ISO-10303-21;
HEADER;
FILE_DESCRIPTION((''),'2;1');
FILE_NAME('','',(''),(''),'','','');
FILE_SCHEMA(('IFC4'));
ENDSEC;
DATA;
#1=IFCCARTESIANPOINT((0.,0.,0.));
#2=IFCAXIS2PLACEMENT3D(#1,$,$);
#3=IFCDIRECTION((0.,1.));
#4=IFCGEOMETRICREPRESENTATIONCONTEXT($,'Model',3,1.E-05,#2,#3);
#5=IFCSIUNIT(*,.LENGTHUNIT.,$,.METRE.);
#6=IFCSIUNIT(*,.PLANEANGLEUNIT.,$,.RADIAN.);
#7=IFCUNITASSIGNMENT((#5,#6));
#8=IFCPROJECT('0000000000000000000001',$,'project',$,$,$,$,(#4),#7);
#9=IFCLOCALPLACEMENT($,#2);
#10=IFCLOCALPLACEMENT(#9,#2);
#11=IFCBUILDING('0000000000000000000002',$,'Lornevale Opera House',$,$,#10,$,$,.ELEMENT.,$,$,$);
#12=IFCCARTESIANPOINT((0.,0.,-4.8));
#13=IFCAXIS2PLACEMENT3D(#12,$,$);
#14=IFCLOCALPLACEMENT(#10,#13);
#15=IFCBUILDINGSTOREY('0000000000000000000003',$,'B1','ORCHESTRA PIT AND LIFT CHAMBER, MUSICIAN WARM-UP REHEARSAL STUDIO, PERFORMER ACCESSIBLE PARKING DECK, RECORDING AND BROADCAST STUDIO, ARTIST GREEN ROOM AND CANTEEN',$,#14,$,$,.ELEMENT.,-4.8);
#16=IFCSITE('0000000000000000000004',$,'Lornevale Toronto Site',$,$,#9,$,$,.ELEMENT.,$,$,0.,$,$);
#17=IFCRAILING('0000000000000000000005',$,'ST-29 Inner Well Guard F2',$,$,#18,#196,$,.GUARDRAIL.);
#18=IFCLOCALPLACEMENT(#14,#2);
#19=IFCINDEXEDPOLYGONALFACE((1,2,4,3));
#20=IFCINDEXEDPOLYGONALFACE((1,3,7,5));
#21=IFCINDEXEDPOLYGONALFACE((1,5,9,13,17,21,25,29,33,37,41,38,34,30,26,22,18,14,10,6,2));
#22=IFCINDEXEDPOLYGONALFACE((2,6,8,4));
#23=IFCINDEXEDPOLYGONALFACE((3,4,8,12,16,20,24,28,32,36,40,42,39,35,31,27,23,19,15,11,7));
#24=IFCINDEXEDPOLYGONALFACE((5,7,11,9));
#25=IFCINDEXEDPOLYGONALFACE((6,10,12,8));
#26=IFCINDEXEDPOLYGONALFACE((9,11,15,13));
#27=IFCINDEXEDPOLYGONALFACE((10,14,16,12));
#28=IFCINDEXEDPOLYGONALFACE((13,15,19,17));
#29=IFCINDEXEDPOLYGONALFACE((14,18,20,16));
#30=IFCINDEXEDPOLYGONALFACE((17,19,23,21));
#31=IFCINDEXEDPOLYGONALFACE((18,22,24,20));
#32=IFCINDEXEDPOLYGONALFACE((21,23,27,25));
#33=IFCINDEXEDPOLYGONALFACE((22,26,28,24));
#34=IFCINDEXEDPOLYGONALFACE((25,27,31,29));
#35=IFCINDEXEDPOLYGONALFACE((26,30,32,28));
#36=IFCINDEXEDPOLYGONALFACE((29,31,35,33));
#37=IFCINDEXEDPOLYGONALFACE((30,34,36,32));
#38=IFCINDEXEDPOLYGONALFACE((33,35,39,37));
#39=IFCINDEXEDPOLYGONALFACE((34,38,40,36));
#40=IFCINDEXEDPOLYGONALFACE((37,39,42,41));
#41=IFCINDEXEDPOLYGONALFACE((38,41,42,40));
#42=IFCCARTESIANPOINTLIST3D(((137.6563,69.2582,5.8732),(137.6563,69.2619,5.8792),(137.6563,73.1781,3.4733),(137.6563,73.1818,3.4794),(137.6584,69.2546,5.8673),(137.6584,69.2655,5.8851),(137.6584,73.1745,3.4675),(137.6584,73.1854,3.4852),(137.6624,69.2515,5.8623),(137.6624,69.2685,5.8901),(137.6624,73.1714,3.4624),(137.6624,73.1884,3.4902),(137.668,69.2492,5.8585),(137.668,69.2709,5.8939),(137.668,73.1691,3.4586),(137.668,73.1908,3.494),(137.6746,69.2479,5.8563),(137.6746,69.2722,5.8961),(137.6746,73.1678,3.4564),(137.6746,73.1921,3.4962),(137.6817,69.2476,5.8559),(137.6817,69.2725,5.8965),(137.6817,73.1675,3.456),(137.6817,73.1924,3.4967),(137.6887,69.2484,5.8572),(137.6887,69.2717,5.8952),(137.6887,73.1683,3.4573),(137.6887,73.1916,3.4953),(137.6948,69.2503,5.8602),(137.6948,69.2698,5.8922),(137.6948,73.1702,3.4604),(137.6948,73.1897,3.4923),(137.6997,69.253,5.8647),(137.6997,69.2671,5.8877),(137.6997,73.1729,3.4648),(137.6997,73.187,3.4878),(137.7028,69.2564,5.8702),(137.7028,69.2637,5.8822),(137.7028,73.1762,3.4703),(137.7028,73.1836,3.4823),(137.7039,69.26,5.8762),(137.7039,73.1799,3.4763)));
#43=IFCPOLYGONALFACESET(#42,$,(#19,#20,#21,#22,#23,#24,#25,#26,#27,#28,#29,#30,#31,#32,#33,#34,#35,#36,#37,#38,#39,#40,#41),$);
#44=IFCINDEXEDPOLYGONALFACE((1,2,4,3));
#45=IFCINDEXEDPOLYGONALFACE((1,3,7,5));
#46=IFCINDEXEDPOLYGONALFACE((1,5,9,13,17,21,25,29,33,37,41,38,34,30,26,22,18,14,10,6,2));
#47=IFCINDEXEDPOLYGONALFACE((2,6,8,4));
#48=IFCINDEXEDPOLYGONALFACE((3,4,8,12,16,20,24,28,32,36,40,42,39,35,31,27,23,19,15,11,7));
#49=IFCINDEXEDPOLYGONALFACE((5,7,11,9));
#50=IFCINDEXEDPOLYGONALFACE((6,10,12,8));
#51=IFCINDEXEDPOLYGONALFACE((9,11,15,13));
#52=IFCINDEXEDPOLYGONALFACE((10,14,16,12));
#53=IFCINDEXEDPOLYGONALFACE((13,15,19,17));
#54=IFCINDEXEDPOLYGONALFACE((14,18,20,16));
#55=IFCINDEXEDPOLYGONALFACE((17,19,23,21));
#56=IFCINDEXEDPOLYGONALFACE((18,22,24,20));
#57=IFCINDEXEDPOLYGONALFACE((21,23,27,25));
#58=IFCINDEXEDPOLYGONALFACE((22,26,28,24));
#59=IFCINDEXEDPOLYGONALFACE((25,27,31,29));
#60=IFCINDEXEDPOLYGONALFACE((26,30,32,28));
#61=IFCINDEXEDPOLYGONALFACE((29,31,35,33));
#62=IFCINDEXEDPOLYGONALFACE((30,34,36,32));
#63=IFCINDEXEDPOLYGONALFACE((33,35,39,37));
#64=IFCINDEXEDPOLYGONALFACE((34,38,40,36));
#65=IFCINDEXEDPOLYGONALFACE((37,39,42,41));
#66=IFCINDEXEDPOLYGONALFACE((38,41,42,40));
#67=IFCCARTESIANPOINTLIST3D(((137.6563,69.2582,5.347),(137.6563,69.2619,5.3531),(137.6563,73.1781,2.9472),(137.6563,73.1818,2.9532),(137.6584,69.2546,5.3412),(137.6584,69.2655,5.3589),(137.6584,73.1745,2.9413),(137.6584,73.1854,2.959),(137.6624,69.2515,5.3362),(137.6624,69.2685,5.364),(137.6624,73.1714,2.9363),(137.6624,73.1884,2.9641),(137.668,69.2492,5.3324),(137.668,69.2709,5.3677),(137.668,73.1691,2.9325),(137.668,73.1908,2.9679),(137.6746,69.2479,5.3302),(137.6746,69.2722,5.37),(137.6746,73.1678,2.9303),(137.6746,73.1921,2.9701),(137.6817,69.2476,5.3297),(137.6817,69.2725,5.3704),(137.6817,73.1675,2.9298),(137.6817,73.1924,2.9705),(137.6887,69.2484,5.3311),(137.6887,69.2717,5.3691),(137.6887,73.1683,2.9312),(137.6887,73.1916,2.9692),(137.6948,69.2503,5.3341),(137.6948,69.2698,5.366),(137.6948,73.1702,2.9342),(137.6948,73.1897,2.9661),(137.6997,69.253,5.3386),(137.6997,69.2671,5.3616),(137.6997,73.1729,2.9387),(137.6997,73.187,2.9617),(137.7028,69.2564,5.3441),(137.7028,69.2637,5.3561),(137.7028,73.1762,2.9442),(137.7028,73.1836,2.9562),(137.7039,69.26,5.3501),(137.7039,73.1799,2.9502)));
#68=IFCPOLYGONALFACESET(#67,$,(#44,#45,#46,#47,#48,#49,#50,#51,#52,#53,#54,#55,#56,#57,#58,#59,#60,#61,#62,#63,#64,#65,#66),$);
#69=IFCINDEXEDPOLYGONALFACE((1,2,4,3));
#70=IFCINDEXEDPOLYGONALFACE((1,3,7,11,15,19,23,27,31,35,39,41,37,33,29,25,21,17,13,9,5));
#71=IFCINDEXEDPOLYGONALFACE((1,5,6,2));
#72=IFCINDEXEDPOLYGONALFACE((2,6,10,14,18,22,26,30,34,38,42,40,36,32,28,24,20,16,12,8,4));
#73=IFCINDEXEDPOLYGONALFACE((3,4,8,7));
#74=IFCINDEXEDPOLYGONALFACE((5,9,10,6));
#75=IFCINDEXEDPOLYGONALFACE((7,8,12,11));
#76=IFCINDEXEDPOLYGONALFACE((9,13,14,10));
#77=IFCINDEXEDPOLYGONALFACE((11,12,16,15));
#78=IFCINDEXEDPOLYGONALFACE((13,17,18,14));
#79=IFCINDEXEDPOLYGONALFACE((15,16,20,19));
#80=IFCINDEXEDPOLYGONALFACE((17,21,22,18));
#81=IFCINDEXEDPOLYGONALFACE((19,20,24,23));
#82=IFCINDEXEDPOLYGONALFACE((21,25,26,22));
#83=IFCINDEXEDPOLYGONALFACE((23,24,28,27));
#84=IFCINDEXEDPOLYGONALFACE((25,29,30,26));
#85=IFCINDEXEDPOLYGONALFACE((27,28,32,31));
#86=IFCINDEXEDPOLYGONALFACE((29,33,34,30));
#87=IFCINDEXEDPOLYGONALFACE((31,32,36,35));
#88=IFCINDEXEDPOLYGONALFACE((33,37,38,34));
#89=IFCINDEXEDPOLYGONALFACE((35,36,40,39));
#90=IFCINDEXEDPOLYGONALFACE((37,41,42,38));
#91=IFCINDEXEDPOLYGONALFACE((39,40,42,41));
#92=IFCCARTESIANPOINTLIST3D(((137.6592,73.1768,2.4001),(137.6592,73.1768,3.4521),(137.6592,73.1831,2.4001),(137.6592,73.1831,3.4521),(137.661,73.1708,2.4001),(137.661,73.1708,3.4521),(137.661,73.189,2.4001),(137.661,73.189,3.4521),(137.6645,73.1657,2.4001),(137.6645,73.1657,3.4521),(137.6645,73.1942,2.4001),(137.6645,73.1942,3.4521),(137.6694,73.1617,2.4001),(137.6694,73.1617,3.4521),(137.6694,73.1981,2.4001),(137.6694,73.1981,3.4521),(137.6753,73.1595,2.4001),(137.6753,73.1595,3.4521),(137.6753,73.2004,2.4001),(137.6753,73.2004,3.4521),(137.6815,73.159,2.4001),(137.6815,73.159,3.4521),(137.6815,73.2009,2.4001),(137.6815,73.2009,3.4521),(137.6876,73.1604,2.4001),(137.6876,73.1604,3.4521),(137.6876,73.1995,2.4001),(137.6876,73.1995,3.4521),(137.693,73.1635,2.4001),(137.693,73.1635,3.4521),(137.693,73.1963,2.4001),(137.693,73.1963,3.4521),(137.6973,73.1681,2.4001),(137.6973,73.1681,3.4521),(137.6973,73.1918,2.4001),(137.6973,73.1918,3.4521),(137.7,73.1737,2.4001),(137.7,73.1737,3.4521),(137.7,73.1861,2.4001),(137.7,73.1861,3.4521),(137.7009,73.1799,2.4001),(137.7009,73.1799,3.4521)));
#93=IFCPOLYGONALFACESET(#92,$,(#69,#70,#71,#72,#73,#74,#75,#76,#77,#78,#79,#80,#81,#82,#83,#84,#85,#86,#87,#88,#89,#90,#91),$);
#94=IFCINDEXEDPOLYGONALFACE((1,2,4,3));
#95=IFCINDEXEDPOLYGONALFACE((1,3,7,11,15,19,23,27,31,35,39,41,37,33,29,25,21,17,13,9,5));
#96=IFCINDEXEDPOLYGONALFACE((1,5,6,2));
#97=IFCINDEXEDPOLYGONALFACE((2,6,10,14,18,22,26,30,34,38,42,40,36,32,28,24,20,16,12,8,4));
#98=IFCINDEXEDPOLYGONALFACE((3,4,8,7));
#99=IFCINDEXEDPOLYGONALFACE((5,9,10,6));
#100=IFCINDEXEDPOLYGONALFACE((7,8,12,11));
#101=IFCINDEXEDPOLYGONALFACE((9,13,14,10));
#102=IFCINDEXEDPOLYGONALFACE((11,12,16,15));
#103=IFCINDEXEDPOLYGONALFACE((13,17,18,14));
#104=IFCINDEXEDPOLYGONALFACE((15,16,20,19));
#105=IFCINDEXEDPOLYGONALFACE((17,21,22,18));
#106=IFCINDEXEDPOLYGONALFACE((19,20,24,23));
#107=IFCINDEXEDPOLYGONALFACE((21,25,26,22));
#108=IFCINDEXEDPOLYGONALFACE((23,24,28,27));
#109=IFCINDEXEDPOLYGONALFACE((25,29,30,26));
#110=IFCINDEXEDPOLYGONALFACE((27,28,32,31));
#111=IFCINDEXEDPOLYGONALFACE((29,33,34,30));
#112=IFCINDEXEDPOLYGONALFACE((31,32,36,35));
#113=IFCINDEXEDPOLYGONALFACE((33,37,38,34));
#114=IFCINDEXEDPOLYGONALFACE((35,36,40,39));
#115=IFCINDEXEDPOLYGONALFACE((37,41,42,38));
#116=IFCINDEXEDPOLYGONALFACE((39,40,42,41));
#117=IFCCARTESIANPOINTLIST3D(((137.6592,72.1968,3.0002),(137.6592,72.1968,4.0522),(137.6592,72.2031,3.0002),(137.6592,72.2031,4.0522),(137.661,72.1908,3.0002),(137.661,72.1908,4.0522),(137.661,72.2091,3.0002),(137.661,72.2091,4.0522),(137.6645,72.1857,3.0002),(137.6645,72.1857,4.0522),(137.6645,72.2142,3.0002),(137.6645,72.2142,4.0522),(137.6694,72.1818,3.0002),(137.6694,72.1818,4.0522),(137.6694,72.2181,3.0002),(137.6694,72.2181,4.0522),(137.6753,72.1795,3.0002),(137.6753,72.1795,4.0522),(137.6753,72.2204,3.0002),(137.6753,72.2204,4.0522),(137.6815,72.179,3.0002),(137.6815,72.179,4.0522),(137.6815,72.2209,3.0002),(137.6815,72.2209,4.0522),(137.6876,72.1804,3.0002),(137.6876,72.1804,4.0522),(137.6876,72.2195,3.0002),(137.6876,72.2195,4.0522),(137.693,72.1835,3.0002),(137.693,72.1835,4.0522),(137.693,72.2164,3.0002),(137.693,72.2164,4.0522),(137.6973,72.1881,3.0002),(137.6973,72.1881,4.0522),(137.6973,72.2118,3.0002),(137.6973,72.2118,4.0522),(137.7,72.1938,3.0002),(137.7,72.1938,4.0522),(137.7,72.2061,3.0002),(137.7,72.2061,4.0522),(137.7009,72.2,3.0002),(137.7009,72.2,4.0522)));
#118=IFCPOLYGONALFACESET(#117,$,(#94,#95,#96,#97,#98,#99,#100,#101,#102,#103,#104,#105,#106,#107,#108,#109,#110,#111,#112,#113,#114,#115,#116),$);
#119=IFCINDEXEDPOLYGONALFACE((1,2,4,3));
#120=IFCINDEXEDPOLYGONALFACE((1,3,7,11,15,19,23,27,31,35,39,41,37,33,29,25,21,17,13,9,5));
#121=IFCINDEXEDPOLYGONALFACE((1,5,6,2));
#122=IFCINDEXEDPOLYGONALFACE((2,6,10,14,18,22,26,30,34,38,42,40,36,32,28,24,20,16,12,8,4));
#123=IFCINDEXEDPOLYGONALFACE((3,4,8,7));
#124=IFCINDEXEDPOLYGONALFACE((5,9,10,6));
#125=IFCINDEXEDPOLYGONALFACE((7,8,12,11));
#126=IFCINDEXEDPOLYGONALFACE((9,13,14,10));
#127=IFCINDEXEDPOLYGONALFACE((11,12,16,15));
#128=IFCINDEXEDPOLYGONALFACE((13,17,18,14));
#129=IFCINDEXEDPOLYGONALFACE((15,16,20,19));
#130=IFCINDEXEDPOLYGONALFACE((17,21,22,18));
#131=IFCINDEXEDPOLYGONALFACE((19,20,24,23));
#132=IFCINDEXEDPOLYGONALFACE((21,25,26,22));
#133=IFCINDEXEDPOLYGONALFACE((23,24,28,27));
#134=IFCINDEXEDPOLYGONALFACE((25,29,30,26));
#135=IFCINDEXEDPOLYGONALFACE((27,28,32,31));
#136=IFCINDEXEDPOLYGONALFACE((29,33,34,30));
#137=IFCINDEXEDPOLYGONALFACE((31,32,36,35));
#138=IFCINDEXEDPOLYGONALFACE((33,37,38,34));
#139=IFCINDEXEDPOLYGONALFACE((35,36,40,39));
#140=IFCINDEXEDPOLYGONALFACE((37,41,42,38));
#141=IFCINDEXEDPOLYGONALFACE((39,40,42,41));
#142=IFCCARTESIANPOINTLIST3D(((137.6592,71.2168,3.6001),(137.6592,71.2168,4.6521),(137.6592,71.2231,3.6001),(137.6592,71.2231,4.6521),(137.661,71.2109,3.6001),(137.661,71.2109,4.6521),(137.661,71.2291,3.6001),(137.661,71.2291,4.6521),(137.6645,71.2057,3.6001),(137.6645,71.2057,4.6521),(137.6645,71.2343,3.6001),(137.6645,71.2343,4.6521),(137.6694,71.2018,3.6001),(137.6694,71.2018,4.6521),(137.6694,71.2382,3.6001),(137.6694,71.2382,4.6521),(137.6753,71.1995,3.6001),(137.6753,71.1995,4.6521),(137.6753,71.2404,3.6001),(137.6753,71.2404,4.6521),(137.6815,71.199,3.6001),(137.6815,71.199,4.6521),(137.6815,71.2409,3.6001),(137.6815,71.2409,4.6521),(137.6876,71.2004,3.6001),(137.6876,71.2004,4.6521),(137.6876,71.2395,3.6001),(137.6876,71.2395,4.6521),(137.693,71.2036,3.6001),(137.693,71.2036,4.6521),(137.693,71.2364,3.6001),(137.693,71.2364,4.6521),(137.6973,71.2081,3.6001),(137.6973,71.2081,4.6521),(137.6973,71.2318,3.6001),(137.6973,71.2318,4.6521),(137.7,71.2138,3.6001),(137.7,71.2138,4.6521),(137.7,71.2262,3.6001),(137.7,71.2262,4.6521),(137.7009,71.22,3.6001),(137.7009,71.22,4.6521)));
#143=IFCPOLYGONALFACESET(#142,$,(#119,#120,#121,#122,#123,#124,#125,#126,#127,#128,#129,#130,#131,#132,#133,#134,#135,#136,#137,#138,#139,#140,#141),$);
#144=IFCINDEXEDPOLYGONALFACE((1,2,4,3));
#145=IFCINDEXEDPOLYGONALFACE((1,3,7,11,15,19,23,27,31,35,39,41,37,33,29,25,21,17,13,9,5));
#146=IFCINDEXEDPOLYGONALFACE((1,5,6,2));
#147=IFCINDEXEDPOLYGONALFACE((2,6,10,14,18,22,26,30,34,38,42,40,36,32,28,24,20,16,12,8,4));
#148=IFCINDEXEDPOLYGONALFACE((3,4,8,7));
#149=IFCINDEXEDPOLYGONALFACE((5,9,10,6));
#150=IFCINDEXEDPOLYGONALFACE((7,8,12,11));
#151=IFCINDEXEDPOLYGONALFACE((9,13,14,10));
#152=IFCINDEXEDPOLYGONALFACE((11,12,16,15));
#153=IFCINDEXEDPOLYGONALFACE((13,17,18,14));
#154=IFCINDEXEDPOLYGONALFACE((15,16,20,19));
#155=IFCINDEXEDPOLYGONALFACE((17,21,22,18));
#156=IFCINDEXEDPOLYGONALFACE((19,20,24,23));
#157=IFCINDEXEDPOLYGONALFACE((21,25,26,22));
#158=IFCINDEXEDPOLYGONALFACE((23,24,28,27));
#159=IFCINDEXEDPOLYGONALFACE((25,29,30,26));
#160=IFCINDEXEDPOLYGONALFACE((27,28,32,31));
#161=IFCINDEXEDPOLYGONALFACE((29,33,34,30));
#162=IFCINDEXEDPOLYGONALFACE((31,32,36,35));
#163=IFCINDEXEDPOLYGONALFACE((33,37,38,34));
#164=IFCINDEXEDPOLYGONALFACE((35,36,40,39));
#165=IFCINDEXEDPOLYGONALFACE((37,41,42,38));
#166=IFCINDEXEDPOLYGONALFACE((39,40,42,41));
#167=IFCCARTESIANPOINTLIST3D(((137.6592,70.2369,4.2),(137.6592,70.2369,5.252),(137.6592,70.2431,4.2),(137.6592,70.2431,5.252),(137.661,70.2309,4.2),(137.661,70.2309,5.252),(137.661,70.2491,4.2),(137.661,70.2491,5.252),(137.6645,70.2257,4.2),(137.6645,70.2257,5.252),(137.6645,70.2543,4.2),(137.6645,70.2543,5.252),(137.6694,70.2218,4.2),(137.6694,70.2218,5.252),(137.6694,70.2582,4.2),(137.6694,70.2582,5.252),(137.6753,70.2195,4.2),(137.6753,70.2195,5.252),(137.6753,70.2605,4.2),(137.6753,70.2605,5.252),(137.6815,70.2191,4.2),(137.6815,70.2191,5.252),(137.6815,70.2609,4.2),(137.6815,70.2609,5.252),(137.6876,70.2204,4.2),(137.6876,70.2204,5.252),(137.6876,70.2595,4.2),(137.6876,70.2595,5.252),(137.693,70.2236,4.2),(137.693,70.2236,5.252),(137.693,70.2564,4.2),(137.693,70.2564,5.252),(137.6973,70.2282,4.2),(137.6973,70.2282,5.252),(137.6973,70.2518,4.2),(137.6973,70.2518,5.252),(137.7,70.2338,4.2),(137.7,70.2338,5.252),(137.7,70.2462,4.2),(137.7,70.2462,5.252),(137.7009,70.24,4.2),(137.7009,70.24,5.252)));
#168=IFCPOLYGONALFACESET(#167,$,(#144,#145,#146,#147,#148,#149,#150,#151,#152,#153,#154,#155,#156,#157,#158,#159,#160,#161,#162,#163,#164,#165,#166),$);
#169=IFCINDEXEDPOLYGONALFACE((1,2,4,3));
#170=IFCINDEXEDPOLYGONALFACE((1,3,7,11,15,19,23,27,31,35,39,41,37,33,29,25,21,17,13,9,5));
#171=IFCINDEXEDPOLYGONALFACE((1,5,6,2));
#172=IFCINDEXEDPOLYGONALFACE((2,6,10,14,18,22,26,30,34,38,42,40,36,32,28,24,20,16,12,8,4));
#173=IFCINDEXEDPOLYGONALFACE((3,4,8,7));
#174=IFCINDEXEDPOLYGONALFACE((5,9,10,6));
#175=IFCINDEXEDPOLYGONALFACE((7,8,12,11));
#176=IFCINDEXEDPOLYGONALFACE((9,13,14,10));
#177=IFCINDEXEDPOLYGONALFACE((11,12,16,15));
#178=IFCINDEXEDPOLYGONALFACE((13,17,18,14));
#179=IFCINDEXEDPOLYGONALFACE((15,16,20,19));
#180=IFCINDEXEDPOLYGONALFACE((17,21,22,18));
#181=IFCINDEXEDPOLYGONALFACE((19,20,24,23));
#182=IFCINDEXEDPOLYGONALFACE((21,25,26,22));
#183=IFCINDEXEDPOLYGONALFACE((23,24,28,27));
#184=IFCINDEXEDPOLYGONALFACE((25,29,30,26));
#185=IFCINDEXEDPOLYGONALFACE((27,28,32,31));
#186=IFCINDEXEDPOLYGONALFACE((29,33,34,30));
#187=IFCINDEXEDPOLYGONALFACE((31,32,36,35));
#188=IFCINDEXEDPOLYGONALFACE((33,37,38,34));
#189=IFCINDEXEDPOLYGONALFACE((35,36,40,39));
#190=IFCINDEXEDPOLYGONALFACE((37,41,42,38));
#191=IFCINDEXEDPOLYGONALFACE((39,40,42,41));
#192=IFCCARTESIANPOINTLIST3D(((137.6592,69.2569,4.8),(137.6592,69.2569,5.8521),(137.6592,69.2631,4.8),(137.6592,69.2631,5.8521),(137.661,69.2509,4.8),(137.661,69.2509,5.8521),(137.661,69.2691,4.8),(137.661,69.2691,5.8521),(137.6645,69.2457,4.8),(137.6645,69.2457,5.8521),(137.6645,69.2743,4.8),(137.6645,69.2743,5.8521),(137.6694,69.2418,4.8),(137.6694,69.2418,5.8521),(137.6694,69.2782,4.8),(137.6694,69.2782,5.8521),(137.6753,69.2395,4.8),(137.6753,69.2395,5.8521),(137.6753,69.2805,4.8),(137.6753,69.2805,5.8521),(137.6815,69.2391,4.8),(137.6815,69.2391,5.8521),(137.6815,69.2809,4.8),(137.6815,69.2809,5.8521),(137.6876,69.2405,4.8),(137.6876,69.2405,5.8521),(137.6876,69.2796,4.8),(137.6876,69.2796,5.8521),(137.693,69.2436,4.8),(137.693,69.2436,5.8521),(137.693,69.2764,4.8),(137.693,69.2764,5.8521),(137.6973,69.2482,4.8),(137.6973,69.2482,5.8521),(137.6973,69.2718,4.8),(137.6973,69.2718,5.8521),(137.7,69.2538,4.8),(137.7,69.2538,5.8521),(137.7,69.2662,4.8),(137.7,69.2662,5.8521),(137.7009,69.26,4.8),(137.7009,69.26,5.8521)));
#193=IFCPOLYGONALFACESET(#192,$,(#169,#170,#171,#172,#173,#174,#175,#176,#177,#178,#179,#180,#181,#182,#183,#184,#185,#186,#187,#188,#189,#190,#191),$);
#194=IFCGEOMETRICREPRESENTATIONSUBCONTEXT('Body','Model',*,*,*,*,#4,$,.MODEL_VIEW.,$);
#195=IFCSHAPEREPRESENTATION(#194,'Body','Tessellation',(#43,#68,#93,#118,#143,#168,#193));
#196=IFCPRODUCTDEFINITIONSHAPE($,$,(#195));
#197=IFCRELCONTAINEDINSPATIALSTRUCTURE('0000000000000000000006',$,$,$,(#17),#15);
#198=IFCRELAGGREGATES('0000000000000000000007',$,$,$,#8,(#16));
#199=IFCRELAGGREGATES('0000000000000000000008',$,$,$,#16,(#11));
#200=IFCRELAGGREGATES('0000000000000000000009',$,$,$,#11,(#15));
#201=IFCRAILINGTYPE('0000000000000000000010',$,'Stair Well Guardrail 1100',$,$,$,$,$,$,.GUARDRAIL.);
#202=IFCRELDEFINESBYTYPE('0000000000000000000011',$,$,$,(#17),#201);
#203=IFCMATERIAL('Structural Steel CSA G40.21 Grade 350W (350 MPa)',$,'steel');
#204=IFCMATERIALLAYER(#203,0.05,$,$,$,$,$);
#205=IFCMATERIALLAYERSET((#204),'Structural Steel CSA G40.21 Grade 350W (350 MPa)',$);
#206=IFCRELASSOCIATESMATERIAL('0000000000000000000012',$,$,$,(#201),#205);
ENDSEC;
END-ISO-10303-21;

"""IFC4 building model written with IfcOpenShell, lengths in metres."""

from ifc_helpers import new_model, si_unit, direction, frame, origin, origin_2d, place, context, subcontext, project, spatial, circle, extrude, material, layer, layer_set, type_object, element, save


model = new_model("IFC4")

# Units and contexts
model_context = context("Model", 3, precision=1e-05, world=origin(), true_north=direction((0.0, 1.0)))
body_context = subcontext(model_context, "Body", "Model", "MODEL_VIEW")
ifc_project = project(units=[si_unit("LENGTHUNIT", "METRE"), si_unit("PLANEANGLEUNIT", "RADIAN")], contexts=[model_context])

# Site, building, storey
site_placement = place(None, origin())
site = spatial("IfcSite", under=ifc_project, at=site_placement, Name="Lornevale Toronto Site", CompositionType="ELEMENT", RefElevation=0.0)
building_placement = place(site_placement, origin())
building = spatial("IfcBuilding", under=site, at=building_placement, Name="Lornevale Opera House", CompositionType="ELEMENT")
storey_placement = place(building_placement, frame((0.0, 0.0, -4.8)))
storey = spatial("IfcBuildingStorey", under=building, at=storey_placement, Name="B1", Description="ORCHESTRA PIT AND LIFT CHAMBER, MUSICIAN WARM-UP REHEARSAL STUDIO, PERFORMER ACCESSIBLE PARKING DECK, RECORDING AND BROADCAST STUDIO, ARTIST GREEN ROOM AND CANTEEN", CompositionType="ELEMENT", Elevation=-4.8)

# Railing
ifc_material_1 = material(Name="Structural Steel CSA G40.21 Grade 350W (350 MPa)", Category="steel")
ifc_layer_1 = layer(ifc_material_1, 0.05)
ifc_layer_set_1 = layer_set([ifc_layer_1], Name="Structural Steel CSA G40.21 Grade 350W (350 MPa)")
railing_type_1 = type_object("IfcRailingType", Name="Stair Well Guardrail 1100", PredefinedType="GUARDRAIL", material=ifc_layer_set_1)
railing_1_placement = place(storey_placement, frame((137.6799, 73.1799, 2.4001)))
element("IfcRailing", 1, at=railing_1_placement, inside=storey, type_object=railing_type_1, Name="ST-29 Inner Well Guard F2", PredefinedType="GUARDRAIL", context=body_context, shape_type="SweptSolid", body=[
    extrude(circle(Radius=0.0239, at=origin_2d()), frame((0.0, 0.0, 1.0762), z_axis=(0.0, -0.852856, 0.522146), x_axis=(1.0, 0.0, 0.0)), (0.0, 0.0, 1.0), 4.5962),
    extrude(circle(Radius=0.0239, at=origin_2d()), frame((0.0, 0.0, 0.55), z_axis=(0.0, -0.852856, 0.522146), x_axis=(1.0, 0.0, 0.0)), (0.0, 0.0, 1.0), 4.5962),
    extrude(circle(Radius=0.021, at=origin_2d()), origin(), (0.0, 0.0, 1.0), 1.052),
    extrude(circle(Radius=0.021, at=origin_2d()), frame((0.0, -0.98, 0.6001)), (0.0, 0.0, 1.0), 1.052),
    extrude(circle(Radius=0.021, at=origin_2d()), frame((0.0, -1.96, 1.2)), (0.0, 0.0, 1.0), 1.052),
    extrude(circle(Radius=0.021, at=origin_2d()), frame((0.0, -2.9399, 1.7998)), (0.0, 0.0, 1.0), 1.052),
    extrude(circle(Radius=0.021, at=origin_2d()), frame((0.0, -3.9199, 2.3999)), (0.0, 0.0, 1.0), 1.052),
])

save(model, "model.ifc")
